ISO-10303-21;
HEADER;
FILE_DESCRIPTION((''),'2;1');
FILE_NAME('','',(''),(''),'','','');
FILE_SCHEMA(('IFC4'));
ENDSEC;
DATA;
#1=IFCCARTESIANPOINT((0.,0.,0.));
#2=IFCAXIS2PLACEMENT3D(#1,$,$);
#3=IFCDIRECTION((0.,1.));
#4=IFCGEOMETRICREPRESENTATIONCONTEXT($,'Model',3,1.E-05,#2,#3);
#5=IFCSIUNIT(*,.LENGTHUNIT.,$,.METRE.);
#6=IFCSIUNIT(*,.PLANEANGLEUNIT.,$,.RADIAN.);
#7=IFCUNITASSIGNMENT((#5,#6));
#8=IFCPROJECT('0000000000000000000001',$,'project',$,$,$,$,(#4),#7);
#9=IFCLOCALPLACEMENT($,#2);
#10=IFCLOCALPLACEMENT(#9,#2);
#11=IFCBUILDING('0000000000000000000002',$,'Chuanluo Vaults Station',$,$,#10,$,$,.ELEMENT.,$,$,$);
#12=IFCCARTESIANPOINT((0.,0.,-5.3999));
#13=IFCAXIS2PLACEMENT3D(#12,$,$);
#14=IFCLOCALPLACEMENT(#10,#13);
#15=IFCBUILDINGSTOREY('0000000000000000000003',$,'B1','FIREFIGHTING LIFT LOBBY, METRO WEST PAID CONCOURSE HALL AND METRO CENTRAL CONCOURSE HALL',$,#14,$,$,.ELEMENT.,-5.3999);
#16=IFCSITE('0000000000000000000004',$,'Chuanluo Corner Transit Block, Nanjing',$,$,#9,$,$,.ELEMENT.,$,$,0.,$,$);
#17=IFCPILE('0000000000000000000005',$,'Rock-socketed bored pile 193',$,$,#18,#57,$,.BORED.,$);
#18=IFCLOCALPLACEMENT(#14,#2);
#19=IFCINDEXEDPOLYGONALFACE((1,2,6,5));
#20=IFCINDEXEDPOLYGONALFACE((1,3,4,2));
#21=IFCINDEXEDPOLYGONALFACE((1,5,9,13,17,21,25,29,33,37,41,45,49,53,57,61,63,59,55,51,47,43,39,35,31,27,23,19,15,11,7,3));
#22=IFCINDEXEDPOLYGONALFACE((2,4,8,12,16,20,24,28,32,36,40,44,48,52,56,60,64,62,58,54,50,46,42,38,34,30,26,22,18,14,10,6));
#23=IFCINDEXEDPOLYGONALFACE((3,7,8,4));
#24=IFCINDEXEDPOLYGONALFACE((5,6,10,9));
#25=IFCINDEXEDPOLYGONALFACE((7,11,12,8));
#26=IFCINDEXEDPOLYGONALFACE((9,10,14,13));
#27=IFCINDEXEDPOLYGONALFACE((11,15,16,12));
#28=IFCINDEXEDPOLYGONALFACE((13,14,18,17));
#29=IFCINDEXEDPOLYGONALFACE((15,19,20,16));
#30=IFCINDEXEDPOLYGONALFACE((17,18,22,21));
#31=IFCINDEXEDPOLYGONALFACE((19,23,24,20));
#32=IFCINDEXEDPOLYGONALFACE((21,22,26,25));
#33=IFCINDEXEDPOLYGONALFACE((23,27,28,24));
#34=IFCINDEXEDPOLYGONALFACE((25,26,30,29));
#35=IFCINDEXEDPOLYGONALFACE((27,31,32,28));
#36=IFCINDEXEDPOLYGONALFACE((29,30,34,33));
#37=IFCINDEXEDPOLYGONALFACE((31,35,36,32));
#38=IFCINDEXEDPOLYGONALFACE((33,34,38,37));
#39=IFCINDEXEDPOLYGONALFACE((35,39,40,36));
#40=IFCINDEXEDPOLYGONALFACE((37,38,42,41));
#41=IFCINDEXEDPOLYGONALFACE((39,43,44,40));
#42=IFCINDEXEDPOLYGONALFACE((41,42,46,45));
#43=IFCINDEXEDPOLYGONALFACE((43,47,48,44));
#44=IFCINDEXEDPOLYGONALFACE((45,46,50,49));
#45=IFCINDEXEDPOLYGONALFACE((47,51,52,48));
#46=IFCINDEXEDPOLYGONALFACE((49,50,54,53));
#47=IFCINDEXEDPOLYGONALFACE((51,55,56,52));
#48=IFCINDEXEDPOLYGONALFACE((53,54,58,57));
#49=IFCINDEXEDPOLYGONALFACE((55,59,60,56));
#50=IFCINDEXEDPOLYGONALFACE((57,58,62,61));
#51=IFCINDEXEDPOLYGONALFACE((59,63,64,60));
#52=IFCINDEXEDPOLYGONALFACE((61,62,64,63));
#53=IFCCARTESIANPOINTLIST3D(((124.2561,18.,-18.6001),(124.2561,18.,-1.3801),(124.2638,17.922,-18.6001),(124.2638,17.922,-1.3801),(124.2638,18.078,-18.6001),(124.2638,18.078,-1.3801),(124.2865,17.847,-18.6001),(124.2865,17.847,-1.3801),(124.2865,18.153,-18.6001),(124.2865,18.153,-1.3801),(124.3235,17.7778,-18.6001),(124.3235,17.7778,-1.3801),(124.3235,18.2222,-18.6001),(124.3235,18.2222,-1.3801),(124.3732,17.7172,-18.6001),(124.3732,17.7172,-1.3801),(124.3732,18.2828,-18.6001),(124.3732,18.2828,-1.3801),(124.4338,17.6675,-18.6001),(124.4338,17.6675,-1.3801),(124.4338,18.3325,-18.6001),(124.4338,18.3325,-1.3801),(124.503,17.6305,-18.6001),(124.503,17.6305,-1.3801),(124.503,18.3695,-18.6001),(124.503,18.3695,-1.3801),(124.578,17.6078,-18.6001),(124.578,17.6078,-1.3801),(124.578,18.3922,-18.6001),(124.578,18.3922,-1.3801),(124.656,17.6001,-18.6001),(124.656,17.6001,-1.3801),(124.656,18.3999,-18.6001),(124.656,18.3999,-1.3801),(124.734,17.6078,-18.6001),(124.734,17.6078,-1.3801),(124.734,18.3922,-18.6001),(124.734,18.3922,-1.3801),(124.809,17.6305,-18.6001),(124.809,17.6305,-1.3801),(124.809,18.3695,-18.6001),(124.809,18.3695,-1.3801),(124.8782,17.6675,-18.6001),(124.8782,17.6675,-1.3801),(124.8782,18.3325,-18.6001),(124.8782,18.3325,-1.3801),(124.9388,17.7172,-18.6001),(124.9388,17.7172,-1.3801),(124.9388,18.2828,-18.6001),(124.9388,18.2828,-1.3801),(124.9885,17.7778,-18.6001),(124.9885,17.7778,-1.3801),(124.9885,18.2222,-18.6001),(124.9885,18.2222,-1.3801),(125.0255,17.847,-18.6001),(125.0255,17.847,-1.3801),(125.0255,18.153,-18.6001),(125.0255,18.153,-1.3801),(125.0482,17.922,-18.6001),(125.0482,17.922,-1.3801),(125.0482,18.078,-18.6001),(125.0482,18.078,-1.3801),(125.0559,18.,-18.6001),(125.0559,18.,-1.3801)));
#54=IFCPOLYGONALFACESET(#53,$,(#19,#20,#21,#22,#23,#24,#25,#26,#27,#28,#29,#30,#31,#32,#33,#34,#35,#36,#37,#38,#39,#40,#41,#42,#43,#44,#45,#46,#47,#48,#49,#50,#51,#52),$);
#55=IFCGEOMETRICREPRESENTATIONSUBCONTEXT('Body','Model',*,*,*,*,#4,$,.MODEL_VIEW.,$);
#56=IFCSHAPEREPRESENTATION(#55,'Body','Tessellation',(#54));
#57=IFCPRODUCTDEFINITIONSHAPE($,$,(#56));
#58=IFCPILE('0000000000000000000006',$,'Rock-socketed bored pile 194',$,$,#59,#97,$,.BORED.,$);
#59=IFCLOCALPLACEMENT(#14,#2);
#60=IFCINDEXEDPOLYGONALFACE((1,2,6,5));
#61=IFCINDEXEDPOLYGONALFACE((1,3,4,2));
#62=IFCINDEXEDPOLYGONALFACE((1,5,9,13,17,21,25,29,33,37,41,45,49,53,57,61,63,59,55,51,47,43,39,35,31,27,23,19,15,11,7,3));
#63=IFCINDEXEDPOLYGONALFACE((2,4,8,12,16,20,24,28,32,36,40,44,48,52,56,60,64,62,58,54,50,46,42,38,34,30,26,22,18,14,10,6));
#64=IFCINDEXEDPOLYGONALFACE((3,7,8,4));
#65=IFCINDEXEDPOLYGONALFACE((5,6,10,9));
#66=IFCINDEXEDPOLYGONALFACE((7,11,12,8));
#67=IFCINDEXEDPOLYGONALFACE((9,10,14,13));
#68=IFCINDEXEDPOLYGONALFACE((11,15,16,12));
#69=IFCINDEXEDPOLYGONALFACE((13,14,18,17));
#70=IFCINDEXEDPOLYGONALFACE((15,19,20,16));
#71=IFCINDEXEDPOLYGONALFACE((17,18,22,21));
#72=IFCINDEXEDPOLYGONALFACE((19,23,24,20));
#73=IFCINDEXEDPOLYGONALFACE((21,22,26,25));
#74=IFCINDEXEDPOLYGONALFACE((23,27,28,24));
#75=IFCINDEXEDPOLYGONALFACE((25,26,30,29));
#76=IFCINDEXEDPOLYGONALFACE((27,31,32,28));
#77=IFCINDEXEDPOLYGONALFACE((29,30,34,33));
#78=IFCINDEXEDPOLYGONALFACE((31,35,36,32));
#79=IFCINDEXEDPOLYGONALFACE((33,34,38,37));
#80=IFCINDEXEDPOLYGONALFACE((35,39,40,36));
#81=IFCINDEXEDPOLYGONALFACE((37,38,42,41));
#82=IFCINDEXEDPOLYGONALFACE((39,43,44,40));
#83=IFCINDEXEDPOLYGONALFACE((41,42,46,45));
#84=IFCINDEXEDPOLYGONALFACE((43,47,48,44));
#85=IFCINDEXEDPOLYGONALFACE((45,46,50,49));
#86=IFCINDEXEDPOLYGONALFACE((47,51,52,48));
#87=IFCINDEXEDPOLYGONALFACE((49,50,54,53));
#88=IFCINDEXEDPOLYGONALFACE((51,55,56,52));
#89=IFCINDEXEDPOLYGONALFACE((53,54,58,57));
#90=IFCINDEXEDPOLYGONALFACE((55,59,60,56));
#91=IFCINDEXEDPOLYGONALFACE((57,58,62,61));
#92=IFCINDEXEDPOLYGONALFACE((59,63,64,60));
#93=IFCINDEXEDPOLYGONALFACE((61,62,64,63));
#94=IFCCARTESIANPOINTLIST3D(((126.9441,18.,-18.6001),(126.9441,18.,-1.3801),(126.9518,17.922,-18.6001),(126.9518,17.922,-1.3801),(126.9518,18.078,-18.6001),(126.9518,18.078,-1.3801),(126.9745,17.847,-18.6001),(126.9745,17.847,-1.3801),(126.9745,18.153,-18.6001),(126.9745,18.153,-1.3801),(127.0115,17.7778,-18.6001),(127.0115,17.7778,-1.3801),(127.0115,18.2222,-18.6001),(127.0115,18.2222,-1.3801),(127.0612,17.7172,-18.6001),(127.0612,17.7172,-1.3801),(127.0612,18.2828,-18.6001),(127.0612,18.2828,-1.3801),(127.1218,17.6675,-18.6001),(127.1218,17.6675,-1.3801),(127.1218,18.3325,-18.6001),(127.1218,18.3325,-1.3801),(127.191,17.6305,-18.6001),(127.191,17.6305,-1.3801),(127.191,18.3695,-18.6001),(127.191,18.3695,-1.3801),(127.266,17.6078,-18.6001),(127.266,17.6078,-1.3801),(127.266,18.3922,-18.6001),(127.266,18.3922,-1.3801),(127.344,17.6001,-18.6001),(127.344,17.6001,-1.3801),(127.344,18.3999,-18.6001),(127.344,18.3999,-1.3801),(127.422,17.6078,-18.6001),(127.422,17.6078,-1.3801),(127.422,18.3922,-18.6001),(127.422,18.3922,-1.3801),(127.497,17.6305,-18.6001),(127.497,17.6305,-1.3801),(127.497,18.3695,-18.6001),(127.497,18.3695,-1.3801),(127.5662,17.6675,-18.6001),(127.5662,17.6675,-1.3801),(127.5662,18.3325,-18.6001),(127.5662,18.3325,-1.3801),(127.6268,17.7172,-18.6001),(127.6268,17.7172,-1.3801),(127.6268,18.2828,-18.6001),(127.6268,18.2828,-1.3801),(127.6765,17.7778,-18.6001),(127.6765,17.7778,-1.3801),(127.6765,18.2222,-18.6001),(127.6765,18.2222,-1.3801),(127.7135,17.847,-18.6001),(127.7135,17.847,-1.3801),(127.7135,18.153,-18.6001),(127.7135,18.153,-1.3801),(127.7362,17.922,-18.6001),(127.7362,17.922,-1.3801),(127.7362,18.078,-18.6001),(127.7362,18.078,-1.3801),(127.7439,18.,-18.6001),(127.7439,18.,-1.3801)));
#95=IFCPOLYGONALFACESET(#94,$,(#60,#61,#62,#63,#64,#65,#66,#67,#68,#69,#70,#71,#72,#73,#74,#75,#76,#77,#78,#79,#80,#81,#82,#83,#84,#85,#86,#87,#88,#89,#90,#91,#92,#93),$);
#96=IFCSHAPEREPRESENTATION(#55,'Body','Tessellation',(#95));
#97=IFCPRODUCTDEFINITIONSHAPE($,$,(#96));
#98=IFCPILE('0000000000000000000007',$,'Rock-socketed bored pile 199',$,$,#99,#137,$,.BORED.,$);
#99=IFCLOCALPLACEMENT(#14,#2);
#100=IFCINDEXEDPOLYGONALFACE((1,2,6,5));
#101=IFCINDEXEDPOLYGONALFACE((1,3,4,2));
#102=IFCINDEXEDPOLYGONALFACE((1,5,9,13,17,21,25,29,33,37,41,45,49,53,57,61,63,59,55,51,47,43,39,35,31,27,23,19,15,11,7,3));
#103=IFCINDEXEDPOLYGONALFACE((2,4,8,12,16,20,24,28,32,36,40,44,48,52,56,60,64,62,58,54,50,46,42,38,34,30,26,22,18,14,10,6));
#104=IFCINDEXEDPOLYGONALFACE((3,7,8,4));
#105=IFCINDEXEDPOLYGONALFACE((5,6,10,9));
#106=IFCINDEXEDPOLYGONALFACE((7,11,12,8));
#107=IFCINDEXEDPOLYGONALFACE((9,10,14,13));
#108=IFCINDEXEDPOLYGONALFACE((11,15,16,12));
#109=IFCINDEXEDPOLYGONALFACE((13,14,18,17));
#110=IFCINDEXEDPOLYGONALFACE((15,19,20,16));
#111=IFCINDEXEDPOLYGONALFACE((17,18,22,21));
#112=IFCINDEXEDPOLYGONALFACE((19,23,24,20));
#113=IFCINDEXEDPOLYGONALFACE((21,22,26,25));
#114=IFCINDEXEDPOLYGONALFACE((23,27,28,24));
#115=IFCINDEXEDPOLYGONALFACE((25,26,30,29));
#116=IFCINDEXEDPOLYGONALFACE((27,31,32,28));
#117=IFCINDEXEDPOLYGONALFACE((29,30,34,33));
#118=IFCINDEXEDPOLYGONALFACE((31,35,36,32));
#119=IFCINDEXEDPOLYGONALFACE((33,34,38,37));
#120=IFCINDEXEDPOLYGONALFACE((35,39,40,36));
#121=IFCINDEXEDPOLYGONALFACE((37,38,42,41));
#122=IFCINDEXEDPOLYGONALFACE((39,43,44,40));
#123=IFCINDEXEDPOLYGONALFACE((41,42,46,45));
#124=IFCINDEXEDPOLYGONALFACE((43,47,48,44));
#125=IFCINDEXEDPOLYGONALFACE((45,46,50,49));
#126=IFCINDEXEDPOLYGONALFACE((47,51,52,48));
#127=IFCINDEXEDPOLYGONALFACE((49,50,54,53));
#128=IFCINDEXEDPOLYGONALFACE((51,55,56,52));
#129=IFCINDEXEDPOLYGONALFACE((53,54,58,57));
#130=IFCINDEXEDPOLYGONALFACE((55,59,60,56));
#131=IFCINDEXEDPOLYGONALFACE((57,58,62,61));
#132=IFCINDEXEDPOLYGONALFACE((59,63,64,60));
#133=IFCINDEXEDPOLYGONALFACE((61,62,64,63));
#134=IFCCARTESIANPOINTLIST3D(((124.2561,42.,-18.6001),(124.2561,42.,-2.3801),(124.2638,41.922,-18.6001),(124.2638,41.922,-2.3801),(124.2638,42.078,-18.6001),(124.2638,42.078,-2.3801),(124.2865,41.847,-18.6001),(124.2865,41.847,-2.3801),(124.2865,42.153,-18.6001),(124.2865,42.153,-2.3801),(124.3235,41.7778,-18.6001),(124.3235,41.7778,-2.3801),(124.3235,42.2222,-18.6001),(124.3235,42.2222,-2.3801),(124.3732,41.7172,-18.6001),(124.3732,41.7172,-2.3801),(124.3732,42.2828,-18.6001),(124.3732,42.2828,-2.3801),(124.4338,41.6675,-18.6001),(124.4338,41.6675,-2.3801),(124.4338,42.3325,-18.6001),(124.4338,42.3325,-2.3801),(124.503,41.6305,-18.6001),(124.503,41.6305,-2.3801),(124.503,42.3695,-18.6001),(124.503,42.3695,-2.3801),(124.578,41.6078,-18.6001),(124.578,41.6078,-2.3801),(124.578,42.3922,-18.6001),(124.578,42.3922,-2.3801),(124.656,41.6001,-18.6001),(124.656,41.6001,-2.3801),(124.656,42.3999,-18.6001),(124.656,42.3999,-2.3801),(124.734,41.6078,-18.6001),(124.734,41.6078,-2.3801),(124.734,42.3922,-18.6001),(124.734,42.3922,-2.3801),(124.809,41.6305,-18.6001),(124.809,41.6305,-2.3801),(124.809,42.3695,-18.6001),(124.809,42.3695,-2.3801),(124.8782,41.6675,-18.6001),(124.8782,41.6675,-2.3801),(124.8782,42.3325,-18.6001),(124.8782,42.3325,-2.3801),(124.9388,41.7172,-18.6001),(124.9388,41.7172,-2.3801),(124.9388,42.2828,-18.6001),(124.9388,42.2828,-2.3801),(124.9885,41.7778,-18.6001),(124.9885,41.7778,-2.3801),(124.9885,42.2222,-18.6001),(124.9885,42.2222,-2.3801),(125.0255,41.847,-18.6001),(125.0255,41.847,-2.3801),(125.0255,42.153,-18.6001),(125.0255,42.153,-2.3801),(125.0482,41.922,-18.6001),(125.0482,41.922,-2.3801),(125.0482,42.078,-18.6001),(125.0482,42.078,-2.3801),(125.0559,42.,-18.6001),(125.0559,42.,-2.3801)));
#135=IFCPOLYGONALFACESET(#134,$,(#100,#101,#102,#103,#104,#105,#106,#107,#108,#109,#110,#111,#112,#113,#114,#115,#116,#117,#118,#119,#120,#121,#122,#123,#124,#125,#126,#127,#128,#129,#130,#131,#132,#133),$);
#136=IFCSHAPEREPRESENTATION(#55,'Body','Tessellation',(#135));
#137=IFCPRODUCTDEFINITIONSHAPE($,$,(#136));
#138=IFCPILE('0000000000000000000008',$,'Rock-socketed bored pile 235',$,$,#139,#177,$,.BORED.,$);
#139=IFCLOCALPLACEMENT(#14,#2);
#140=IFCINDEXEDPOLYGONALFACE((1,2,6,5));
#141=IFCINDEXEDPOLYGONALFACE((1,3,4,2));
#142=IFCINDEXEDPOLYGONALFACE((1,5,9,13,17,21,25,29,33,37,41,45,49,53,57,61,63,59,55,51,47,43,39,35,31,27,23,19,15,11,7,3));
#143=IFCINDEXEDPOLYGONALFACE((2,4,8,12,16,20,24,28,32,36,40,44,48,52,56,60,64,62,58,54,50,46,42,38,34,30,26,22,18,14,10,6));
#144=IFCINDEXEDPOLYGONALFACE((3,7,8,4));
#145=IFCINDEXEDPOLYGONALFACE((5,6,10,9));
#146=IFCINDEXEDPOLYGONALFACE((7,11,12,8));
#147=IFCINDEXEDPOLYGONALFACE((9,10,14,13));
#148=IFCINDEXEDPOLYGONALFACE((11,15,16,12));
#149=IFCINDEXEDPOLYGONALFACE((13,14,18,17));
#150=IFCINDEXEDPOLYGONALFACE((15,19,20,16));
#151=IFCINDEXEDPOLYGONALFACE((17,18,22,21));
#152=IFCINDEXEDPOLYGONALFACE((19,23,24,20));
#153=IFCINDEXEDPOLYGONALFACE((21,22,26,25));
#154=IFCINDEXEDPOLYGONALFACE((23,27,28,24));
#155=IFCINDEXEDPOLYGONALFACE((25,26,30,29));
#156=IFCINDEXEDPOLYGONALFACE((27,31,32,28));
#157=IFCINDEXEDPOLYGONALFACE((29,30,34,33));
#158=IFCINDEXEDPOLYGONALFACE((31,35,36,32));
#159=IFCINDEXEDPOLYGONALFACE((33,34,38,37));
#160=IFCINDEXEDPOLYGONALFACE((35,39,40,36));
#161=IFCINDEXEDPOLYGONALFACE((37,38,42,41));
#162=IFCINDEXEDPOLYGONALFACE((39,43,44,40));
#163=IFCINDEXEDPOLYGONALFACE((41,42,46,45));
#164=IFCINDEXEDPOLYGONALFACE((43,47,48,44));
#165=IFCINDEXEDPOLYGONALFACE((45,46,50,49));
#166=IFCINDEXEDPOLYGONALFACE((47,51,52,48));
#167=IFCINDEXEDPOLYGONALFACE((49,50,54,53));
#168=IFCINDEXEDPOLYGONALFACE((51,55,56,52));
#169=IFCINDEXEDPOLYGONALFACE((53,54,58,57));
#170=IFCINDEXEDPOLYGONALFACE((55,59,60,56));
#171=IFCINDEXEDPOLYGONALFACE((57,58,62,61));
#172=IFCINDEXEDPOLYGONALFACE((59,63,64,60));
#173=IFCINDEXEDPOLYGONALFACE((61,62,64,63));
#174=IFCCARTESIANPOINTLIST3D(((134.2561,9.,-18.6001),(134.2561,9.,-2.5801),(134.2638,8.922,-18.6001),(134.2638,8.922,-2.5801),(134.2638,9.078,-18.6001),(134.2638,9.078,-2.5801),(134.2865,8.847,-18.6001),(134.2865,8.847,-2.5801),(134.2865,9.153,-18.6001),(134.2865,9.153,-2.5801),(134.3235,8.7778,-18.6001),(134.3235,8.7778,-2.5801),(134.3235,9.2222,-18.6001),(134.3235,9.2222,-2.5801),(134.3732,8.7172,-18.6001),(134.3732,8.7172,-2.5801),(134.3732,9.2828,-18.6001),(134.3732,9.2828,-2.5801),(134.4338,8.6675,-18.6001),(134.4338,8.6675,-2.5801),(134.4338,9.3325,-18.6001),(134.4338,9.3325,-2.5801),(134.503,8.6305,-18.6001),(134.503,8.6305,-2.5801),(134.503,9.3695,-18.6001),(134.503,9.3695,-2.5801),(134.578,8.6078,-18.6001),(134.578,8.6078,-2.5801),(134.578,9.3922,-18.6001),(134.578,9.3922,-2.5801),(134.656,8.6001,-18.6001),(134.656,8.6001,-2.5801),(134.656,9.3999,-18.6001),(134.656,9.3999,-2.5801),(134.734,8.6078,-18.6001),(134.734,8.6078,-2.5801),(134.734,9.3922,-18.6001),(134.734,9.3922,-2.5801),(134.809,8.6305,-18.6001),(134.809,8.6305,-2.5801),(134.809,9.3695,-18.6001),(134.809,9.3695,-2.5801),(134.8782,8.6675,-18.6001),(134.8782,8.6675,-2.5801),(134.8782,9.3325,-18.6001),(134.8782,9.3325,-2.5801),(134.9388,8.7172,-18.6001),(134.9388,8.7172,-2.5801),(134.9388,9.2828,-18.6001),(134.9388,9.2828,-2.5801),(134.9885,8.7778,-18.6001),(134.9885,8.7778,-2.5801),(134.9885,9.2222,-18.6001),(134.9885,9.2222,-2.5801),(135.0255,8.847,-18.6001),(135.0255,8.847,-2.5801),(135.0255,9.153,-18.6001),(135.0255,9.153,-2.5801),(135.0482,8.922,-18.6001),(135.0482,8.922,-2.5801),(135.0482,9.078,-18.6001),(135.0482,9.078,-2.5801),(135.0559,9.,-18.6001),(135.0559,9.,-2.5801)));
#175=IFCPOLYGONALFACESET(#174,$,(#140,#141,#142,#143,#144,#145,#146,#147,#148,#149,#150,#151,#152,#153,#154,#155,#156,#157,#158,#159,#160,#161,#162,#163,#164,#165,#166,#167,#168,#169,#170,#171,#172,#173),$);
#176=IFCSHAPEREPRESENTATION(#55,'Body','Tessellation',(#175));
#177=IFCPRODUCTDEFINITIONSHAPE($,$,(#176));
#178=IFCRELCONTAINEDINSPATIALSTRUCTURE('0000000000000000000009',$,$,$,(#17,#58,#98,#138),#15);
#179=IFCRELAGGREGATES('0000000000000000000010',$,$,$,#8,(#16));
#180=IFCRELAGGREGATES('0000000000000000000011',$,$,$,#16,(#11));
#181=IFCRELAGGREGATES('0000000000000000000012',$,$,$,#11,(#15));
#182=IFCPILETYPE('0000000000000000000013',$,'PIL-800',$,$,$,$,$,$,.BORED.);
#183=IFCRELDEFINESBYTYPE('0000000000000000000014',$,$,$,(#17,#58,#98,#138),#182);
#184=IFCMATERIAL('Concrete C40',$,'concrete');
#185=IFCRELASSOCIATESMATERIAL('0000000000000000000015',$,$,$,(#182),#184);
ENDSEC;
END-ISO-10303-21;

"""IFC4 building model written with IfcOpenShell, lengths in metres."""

from ifc_helpers import new_model, si_unit, direction, frame, origin, origin_2d, place, context, subcontext, project, spatial, circle, extrude, material, material_profile, profile_set, type_object, element, save


model = new_model("IFC4")

# Units and contexts
model_context = context("Model", 3, precision=1e-05, world=origin(), true_north=direction((0.0, 1.0)))
body_context = subcontext(model_context, "Body", "Model", "MODEL_VIEW")
ifc_project = project(units=[si_unit("LENGTHUNIT", "METRE"), si_unit("PLANEANGLEUNIT", "RADIAN")], contexts=[model_context])

# Site, building, storey
site_placement = place(None, origin())
site = spatial("IfcSite", under=ifc_project, at=site_placement, Name="Chuanluo Corner Transit Block, Nanjing", CompositionType="ELEMENT", RefElevation=0.0)
building_placement = place(site_placement, origin())
building = spatial("IfcBuilding", under=site, at=building_placement, Name="Chuanluo Vaults Station", CompositionType="ELEMENT")
storey_placement = place(building_placement, frame((0.0, 0.0, -5.3999)))
storey = spatial("IfcBuildingStorey", under=building, at=storey_placement, Name="B1", Description="FIREFIGHTING LIFT LOBBY, METRO WEST PAID CONCOURSE HALL AND METRO CENTRAL CONCOURSE HALL", CompositionType="ELEMENT", Elevation=-5.3999)

# Piles
ifc_material_1 = material(Name="Concrete C40", Category="concrete")
ifc_material_profile_1 = material_profile(ifc_material_1, circle(Radius=0.3999, at=origin_2d()))
ifc_profile_set_1 = profile_set([ifc_material_profile_1], Name="Concrete C40")
pile_type_1 = type_object("IfcPileType", Name="PIL-800", PredefinedType="BORED", material=ifc_profile_set_1)
for number, where, z_axis, x_axis, name in (
    (1, (124.656, 18.0, -1.3801), (0.0, 0.0, -1.0), (1.0, 0.0, 0.0), "Rock-socketed bored pile 193"),
    (2, (127.344, 18.0, -1.3801), (0.0, 0.0, -1.0), (1.0, 0.0, 0.0), "Rock-socketed bored pile 194"),
):
    element("IfcPile", number, at=place(storey_placement, frame(where, z_axis=z_axis, x_axis=x_axis)), inside=storey, type_object=pile_type_1, Name=name, PredefinedType="BORED", context=body_context, shape_type="SweptSolid", body=[
        extrude(circle(Radius=0.3999, at=origin_2d()), origin(), (0.0, 0.0, 1.0), 17.22),
    ])
pile_1_placement = place(storey_placement, frame((124.656, 42.0, -2.3801), z_axis=(0.0, 0.0, -1.0), x_axis=(1.0, 0.0, 0.0)))
element("IfcPile", 3, at=pile_1_placement, inside=storey, type_object=pile_type_1, Name="Rock-socketed bored pile 199", PredefinedType="BORED", context=body_context, shape_type="SweptSolid", body=[
    extrude(circle(Radius=0.3999, at=origin_2d()), origin(), (0.0, 0.0, 1.0), 16.22),
])
for number, where, z_axis, x_axis, name in (
    (4, (134.656, 9.0, -2.5801), (0.0, 0.0, -1.0), (1.0, 0.0, 0.0), "Rock-socketed bored pile 235"),
):
    element("IfcPile", number, at=place(storey_placement, frame(where, z_axis=z_axis, x_axis=x_axis)), inside=storey, type_object=pile_type_1, Name=name, PredefinedType="BORED", context=body_context, shape_type="SweptSolid", body=[
        extrude(circle(Radius=0.3999, at=origin_2d()), origin(), (0.0, 0.0, 1.0), 16.02),
    ])

save(model, "model.ifc")
